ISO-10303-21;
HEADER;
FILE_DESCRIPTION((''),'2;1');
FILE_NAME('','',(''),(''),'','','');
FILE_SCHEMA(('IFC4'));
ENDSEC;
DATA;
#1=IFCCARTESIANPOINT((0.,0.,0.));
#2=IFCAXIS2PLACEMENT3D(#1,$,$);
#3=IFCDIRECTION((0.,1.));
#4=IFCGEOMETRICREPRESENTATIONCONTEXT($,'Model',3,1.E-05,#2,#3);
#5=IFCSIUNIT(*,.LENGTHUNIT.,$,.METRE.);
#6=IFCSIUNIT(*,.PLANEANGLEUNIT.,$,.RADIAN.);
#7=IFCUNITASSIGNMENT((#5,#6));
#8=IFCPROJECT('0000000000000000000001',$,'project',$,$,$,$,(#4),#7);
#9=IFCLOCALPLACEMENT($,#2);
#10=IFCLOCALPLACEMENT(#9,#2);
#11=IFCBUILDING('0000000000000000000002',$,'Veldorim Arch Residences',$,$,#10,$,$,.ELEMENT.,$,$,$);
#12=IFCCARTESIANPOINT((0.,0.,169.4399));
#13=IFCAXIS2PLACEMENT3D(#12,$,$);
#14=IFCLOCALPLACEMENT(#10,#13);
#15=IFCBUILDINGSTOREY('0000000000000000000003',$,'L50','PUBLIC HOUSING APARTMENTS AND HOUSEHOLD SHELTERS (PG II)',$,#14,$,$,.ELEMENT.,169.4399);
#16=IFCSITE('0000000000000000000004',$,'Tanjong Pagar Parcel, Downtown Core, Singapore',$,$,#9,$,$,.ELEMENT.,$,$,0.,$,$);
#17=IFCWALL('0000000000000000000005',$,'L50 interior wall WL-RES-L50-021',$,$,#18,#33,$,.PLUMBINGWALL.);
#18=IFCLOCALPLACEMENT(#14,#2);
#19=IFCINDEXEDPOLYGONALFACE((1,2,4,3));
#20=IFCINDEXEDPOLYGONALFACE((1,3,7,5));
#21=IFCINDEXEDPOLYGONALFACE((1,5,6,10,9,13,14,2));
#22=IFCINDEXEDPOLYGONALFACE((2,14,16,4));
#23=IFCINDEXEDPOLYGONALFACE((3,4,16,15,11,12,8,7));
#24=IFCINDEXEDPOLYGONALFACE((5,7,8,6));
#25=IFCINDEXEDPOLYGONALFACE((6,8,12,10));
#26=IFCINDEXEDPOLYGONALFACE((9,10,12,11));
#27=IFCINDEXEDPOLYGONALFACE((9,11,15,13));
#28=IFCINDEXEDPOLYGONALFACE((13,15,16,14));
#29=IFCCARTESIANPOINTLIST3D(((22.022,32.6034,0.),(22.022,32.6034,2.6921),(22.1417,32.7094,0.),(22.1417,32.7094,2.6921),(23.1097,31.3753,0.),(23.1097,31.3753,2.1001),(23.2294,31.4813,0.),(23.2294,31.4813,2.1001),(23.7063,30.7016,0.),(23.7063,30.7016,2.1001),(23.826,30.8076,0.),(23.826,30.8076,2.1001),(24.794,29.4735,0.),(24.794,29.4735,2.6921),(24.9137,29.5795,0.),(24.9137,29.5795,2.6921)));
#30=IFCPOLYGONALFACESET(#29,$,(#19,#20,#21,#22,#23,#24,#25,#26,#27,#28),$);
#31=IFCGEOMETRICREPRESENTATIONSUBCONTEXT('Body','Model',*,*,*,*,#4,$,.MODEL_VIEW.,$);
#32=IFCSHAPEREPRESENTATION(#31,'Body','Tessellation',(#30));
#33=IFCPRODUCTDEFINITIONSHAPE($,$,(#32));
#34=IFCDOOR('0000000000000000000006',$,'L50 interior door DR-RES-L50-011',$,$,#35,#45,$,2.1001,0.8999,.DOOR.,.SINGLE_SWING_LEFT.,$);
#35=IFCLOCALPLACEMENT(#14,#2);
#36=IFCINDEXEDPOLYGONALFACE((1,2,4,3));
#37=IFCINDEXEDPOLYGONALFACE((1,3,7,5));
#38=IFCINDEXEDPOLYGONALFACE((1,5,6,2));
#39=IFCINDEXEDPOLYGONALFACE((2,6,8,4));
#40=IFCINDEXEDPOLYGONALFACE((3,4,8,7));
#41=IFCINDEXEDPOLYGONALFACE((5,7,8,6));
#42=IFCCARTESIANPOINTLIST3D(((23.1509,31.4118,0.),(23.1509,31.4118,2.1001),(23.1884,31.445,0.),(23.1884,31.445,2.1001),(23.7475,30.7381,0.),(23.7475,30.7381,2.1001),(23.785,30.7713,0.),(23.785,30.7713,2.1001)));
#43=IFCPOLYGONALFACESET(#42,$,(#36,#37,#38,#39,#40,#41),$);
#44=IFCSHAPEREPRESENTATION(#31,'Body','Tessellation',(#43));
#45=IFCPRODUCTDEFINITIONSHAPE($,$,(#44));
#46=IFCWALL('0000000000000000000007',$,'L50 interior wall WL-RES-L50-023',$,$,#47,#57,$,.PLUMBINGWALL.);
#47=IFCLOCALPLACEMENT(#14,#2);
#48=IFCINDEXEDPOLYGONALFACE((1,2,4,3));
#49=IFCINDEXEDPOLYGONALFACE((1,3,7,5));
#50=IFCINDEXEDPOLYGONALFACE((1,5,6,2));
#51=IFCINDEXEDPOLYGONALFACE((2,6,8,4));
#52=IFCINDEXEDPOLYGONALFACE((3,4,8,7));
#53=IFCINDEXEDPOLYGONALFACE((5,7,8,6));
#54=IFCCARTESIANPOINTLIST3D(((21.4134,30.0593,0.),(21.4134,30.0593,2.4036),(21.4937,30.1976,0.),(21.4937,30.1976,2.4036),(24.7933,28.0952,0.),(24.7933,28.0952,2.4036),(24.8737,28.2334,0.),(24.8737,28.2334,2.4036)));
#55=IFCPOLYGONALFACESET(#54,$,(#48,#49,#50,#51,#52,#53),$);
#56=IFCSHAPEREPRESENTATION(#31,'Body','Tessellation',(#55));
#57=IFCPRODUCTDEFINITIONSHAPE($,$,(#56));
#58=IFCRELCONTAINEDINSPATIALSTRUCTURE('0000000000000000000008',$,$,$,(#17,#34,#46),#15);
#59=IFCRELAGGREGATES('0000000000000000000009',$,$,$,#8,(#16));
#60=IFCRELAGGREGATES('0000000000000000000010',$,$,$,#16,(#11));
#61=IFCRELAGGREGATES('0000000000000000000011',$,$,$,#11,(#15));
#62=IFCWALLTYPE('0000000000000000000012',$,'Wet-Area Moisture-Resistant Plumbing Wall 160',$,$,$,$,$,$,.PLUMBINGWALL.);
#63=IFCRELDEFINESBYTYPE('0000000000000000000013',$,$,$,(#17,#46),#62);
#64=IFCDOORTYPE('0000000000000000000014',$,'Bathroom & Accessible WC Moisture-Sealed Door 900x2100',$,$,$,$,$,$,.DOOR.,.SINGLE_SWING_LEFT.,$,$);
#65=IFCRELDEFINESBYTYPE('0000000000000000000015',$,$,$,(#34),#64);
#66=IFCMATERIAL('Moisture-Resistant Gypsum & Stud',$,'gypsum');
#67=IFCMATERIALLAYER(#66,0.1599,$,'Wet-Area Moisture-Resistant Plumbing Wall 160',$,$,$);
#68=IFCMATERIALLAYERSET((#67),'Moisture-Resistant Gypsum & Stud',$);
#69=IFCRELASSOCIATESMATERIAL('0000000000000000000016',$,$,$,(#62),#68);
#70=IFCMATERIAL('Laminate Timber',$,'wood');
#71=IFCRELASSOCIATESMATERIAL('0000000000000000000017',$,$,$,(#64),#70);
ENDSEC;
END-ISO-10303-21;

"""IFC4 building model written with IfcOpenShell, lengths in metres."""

from ifc_helpers import new_model, si_unit, direction, frame, frame_2d, origin, place, context, subcontext, project, spatial, rectangle, extrude, material, layer, layer_set, type_object, element, fill, save


model = new_model("IFC4")

# Units and contexts
model_context = context("Model", 3, precision=1e-05, world=origin(), true_north=direction((0.0, 1.0)))
body_context = subcontext(model_context, "Body", "Model", "MODEL_VIEW")
ifc_project = project(units=[si_unit("LENGTHUNIT", "METRE"), si_unit("PLANEANGLEUNIT", "RADIAN")], contexts=[model_context])

# Site, building, storey
site_placement = place(None, origin())
site = spatial("IfcSite", under=ifc_project, at=site_placement, Name="Tanjong Pagar Parcel, Downtown Core, Singapore", CompositionType="ELEMENT", RefElevation=0.0)
building_placement = place(site_placement, origin())
building = spatial("IfcBuilding", under=site, at=building_placement, Name="Veldorim Arch Residences", CompositionType="ELEMENT")
storey_placement = place(building_placement, frame((0.0, 0.0, 169.4399)))
storey = spatial("IfcBuildingStorey", under=building, at=storey_placement, Name="L50", Description="PUBLIC HOUSING APARTMENTS AND HOUSEHOLD SHELTERS (PG II)", CompositionType="ELEMENT", Elevation=169.4399)

# Wall, opening, door
ifc_material_1 = material(Name="Moisture-Resistant Gypsum & Stud", Category="gypsum")
ifc_layer_1 = layer(ifc_material_1, 0.1599, Name="Wet-Area Moisture-Resistant Plumbing Wall 160")
ifc_layer_set_1 = layer_set([ifc_layer_1], Name="Moisture-Resistant Gypsum & Stud")
wall_type_1 = type_object("IfcWallType", Name="Wet-Area Moisture-Resistant Plumbing Wall 160", PredefinedType="PLUMBINGWALL", material=ifc_layer_set_1)
wall_1_placement = place(storey_placement, frame((24.8538, 29.5266, 0.0), z_axis=(0.0, 0.0, 1.0), x_axis=(-0.663007, 0.748613, 0.0)))
wall_1 = element("IfcWall", 1, at=wall_1_placement, inside=storey, type_object=wall_type_1, Name="L50 interior wall WL-RES-L50-021", PredefinedType="PLUMBINGWALL", context=body_context, shape_type="SweptSolid", body=[
    extrude(rectangle(XDim=4.1809, YDim=0.1599, at=frame_2d((2.0903, 0.0))), origin(), (0.0, 0.0, 1.0), 2.6921),
])
opening_1_placement = place(wall_1_placement, frame((1.6404, 0.0, 0.0)))
opening_1 = element("IfcOpeningElement", 2, at=opening_1_placement, cuts=wall_1, PredefinedType="OPENING", context=body_context, shape_type="SweptSolid", body=[
    extrude(rectangle(XDim=0.8999, YDim=2.1001, at=frame_2d((0.45, 1.05))), frame((0.0, 0.0898, 0.0), z_axis=(0.0, -1.0, 0.0), x_axis=(1.0, 0.0, 0.0)), (0.0, 0.0, 1.0), 0.1799),
])
ifc_material_2 = material(Name="Laminate Timber", Category="wood")
door_type_1 = type_object("IfcDoorType", Name="Bathroom & Accessible WC Moisture-Sealed Door 900x2100", OperationType="SINGLE_SWING_LEFT", PredefinedType="DOOR", material=ifc_material_2)
door_1_placement = place(opening_1_placement, origin())
door_1 = element("IfcDoor", 3, at=door_1_placement, inside=storey, type_object=door_type_1, Name="L50 interior door DR-RES-L50-011", OperationType="SINGLE_SWING_LEFT", OverallHeight=2.1001, OverallWidth=0.8999, PredefinedType="DOOR", context=body_context, shape_type="SweptSolid", body=[
    extrude(rectangle(XDim=0.8999, YDim=2.1001, at=frame_2d((0.45, 1.05))), frame((0.0, 0.0249, 0.0), z_axis=(0.0, -1.0, 0.0), x_axis=(1.0, 0.0, 0.0)), (0.0, 0.0, 1.0), 0.05),
])
fill(opening_1, door_1)

# Wall
wall_2_placement = place(storey_placement, frame((24.8335, 28.1643, 0.0), z_axis=(0.0, 0.0, 1.0), x_axis=(-0.864611, 0.502441, 0.0)))
element("IfcWall", 4, at=wall_2_placement, inside=storey, type_object=wall_type_1, Name="L50 interior wall WL-RES-L50-023", PredefinedType="PLUMBINGWALL", context=body_context, shape_type="SweptSolid", body=[
    extrude(rectangle(XDim=3.9092, YDim=0.1599, at=frame_2d((1.9546, 0.0))), origin(), (0.0, 0.0, 1.0), 2.4036),
])

save(model, "model.ifc")
